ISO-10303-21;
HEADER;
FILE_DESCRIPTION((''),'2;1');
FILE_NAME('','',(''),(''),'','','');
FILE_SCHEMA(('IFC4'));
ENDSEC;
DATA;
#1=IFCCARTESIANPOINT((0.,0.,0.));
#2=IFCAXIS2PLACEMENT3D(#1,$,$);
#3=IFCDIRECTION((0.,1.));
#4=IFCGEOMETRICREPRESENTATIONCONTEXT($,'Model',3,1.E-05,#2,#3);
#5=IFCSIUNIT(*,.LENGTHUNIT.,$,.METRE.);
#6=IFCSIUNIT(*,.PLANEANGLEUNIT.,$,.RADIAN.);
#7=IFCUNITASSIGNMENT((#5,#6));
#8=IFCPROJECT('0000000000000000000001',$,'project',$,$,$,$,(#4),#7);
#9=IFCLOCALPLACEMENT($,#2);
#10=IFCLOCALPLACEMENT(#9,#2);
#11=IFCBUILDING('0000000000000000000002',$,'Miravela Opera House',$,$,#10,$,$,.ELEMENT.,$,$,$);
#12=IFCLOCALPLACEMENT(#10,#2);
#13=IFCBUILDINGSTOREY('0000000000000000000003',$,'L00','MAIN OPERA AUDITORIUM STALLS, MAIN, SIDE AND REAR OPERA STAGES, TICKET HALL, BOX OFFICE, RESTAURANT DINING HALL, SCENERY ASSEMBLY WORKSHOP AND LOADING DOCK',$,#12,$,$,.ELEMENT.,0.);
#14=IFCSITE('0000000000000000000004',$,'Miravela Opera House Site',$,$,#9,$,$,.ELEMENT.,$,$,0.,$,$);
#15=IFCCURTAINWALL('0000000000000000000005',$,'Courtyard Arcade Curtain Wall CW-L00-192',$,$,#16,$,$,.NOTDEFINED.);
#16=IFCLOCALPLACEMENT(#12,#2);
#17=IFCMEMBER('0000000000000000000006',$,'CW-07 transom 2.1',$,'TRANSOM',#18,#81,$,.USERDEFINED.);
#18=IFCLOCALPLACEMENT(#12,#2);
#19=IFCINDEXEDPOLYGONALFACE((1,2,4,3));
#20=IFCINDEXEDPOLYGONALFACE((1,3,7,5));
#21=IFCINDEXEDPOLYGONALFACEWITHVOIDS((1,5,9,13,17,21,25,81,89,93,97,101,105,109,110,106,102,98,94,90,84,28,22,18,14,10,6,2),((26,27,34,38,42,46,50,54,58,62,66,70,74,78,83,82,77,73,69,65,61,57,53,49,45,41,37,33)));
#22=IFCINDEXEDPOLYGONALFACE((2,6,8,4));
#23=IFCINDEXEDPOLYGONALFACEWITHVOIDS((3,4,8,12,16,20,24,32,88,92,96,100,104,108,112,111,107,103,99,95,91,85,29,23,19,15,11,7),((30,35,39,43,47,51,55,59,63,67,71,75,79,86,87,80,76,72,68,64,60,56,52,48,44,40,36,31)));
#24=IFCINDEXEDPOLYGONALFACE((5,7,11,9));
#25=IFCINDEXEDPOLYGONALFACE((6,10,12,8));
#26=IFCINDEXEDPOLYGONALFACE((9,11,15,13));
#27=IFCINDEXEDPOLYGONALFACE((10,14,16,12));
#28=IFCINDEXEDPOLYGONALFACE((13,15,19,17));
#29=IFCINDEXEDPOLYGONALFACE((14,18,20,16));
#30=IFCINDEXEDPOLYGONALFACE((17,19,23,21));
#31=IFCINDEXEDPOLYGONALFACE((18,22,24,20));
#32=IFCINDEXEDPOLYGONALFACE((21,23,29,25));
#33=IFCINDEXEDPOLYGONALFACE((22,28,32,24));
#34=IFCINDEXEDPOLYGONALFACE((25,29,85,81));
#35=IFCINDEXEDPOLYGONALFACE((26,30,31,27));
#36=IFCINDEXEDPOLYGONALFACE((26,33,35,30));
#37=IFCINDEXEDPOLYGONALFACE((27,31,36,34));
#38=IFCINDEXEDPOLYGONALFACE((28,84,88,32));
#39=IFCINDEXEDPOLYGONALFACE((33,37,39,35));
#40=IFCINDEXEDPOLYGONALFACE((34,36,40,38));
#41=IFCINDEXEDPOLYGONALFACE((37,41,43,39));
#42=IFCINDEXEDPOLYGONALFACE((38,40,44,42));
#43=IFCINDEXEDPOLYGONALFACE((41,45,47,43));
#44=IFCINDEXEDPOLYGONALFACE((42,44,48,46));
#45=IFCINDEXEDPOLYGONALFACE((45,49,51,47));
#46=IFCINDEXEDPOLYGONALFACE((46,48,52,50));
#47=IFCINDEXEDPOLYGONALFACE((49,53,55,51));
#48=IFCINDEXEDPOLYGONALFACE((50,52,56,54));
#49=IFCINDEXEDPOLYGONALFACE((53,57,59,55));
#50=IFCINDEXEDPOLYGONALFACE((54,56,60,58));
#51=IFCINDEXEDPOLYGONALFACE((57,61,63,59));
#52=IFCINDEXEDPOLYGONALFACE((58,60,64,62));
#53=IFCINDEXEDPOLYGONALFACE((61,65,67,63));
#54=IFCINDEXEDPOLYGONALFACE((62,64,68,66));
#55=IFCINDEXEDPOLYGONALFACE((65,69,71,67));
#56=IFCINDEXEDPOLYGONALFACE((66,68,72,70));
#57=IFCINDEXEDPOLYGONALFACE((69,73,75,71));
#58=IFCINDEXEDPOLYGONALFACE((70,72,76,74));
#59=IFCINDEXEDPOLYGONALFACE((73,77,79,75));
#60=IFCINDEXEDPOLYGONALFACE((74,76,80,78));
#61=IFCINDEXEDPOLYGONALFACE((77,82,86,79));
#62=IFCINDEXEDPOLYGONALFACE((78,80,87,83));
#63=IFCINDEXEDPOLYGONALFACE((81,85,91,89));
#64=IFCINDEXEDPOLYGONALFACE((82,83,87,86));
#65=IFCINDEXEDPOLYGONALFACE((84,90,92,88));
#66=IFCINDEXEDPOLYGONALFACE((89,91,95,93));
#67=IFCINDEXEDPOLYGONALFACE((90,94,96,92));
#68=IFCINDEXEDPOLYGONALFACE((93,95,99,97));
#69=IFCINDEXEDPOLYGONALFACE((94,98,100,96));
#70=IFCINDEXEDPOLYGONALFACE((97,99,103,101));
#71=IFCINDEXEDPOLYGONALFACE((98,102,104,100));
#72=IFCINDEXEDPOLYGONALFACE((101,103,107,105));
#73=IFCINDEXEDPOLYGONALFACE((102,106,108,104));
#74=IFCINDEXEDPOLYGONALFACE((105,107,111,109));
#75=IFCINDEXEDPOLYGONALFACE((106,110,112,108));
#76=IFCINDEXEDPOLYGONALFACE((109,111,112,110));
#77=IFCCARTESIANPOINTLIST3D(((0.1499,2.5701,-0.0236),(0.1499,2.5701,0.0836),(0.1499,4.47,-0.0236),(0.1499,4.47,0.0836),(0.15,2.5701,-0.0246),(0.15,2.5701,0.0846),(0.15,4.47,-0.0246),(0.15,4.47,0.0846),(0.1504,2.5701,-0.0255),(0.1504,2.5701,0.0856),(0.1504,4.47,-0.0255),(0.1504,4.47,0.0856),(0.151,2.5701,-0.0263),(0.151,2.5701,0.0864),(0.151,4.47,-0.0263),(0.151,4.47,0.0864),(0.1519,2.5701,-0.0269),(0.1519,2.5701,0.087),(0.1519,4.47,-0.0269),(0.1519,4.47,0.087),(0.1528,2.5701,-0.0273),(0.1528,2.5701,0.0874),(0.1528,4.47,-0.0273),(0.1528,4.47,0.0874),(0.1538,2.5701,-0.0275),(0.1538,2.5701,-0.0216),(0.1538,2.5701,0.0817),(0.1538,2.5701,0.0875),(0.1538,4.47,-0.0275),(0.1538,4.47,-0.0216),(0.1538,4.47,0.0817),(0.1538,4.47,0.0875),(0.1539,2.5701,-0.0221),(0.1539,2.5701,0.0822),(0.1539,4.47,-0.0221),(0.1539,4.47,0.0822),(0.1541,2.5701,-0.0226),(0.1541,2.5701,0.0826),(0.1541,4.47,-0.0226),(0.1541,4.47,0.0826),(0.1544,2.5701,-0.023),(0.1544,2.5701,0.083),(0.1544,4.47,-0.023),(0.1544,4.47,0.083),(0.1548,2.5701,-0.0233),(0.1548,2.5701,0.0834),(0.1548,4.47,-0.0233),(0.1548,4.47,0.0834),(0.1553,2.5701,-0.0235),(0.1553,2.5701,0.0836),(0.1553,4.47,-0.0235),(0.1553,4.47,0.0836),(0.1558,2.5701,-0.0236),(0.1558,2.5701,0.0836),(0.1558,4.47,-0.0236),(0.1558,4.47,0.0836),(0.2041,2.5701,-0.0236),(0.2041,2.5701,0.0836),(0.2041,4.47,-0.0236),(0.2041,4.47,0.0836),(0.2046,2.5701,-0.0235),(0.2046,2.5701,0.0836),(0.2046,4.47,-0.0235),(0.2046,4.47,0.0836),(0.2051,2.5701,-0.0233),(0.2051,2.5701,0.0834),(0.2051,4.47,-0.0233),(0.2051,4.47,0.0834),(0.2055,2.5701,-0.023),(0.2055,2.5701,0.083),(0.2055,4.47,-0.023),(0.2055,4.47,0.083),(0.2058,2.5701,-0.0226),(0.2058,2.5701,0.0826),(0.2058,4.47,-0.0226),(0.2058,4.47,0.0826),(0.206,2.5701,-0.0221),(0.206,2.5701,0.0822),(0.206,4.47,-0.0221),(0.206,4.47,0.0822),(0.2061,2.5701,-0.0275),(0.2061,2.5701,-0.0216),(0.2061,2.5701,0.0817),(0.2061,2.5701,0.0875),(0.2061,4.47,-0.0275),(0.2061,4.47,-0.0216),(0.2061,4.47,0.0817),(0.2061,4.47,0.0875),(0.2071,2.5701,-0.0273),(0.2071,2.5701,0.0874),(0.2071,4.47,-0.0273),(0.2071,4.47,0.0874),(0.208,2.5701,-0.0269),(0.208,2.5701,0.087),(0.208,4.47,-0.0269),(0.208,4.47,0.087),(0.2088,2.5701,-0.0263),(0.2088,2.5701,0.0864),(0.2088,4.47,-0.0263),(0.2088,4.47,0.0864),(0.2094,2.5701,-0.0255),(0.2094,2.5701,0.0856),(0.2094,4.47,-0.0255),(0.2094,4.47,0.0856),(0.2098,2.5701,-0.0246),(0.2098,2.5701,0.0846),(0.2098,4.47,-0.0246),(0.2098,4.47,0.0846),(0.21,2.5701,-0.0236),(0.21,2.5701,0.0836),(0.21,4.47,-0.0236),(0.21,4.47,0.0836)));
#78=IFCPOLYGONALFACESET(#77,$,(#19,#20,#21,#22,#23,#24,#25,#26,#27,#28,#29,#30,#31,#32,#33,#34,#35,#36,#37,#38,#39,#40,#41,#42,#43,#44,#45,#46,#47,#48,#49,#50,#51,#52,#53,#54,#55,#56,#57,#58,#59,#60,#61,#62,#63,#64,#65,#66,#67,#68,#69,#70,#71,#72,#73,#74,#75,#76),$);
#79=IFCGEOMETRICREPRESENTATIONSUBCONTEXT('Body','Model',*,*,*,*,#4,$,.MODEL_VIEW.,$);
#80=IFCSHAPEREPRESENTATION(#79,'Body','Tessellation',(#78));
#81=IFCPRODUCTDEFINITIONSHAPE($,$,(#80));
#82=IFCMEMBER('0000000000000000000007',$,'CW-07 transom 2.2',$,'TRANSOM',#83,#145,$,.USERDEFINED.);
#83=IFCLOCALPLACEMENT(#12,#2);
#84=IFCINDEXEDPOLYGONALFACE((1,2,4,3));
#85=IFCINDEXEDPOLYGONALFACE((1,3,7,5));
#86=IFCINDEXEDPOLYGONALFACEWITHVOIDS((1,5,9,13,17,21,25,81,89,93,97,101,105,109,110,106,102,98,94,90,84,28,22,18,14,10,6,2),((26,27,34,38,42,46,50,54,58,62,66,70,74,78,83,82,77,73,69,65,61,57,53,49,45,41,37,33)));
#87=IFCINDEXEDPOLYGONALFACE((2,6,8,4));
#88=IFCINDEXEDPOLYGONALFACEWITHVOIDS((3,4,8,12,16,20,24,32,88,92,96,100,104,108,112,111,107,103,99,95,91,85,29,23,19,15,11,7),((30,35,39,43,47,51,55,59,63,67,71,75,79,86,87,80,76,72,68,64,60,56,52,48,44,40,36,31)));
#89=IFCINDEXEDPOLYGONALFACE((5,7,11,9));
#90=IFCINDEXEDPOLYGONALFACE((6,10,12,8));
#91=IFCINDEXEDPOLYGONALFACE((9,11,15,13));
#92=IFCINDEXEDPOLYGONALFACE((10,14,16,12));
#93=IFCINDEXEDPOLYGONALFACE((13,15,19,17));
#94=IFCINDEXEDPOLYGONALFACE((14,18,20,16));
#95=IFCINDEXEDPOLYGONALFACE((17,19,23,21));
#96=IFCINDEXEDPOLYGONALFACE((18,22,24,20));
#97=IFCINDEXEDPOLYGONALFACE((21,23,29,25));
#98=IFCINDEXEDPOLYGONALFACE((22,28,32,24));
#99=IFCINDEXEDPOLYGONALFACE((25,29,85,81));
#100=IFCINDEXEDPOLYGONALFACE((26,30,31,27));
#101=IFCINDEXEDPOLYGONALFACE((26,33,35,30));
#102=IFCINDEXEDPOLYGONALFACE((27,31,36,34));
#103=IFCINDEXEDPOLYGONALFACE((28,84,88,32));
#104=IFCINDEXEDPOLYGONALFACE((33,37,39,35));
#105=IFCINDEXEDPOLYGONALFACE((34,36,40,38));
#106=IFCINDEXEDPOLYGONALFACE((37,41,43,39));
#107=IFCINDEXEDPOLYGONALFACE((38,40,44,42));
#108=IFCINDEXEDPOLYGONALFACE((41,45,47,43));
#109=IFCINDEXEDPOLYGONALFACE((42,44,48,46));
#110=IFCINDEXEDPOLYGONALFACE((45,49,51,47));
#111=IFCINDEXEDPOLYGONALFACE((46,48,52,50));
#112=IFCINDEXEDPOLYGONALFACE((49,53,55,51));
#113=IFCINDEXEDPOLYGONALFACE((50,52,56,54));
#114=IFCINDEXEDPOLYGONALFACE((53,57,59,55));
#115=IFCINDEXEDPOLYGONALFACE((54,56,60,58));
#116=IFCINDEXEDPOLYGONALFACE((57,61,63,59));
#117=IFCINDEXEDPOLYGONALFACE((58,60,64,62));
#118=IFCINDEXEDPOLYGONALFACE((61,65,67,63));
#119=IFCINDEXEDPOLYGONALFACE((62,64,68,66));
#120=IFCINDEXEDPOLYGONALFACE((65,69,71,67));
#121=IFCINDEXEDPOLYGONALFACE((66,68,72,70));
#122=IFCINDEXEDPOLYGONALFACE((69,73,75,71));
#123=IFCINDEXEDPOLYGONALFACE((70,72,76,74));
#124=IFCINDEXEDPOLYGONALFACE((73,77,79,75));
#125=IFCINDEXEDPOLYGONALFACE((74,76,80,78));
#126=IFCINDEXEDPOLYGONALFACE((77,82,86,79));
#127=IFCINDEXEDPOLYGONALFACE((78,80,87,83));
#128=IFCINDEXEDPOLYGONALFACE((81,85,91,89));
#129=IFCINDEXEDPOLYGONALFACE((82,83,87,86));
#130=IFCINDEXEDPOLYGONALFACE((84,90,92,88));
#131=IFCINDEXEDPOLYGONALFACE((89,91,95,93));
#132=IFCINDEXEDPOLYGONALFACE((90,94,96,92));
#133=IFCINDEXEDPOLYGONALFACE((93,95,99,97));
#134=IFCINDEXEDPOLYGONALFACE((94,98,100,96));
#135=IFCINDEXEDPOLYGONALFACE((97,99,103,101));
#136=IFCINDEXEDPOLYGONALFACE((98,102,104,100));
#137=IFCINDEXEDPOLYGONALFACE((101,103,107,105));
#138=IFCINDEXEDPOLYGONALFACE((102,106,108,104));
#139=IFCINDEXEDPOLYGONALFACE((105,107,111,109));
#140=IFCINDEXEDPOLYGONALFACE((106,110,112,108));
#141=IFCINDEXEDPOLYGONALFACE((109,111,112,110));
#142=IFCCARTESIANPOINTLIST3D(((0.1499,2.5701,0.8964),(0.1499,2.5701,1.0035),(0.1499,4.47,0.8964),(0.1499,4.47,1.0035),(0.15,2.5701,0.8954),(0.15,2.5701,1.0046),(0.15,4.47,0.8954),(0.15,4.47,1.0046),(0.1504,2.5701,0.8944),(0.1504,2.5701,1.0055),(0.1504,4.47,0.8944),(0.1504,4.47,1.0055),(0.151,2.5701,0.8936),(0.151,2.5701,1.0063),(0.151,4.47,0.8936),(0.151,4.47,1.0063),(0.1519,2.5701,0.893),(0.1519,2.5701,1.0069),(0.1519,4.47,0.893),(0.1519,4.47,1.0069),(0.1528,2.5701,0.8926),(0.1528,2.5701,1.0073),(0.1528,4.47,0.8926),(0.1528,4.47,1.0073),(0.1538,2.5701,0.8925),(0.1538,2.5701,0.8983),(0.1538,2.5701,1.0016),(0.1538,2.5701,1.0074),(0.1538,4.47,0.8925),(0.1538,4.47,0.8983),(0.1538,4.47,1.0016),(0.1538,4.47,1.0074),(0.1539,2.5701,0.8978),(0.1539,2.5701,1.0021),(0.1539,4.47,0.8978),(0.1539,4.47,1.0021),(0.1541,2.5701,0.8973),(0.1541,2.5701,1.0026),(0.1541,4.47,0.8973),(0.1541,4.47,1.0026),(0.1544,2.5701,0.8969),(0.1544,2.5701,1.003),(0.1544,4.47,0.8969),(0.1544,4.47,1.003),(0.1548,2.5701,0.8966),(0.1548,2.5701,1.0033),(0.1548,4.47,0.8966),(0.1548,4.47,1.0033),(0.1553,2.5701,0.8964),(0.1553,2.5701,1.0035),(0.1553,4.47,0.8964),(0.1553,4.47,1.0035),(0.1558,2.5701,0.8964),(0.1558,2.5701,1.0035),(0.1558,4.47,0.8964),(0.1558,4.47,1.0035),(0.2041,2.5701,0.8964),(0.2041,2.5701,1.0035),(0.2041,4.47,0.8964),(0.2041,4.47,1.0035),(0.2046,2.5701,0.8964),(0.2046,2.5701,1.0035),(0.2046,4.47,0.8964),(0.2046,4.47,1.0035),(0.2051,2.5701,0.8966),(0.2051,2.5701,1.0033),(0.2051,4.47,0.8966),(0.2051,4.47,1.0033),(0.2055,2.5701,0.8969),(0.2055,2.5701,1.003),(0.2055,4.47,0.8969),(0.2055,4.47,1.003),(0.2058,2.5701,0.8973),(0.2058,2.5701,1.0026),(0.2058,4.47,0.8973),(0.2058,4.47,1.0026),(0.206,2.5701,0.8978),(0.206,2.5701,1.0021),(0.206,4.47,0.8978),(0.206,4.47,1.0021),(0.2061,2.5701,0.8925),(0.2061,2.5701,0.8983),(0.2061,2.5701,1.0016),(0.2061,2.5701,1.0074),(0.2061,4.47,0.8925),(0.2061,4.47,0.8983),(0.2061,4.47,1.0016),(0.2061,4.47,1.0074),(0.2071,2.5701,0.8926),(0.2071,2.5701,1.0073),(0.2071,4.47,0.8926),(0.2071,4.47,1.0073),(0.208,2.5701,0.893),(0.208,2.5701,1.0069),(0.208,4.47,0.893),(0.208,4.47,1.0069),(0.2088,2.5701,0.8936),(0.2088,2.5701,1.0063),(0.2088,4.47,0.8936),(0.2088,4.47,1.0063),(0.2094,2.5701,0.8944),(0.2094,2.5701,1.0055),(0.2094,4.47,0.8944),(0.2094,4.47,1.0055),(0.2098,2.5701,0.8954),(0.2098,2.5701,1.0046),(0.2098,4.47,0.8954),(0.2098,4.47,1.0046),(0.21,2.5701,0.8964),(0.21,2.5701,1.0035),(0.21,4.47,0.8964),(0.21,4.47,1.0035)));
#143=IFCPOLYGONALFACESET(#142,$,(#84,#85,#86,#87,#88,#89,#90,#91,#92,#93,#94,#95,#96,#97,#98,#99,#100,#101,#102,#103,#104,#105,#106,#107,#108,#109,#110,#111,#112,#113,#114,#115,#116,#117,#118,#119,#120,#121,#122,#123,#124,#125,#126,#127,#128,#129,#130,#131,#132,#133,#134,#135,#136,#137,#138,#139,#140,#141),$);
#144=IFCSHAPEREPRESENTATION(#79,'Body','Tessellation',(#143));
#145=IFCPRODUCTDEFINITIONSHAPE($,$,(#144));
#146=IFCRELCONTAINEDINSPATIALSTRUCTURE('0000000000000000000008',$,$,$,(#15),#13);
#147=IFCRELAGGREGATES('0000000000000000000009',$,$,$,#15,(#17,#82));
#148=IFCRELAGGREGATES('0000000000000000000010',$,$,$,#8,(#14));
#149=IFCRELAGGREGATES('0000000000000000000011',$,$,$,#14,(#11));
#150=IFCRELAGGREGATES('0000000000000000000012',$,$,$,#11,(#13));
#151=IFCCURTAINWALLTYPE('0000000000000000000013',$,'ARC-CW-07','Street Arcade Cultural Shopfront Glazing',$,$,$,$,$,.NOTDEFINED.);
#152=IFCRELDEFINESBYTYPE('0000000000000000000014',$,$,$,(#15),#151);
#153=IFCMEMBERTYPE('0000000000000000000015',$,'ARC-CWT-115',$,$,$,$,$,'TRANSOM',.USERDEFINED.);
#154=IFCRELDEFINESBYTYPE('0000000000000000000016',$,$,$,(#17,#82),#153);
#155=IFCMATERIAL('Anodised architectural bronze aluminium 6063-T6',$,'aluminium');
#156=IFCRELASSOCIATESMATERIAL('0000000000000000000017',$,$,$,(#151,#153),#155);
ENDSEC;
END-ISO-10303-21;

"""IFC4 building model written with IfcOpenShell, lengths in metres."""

from ifc_helpers import new_model, si_unit, direction, frame, origin, origin_2d, place, context, subcontext, project, spatial, hollow_rectangle, extrude, material, material_profile, profile_set, type_object, element, aggregate, save


model = new_model("IFC4")

# Units and contexts
model_context = context("Model", 3, precision=1e-05, world=origin(), true_north=direction((0.0, 1.0)))
body_context = subcontext(model_context, "Body", "Model", "MODEL_VIEW")
ifc_project = project(units=[si_unit("LENGTHUNIT", "METRE"), si_unit("PLANEANGLEUNIT", "RADIAN")], contexts=[model_context])

# Site, building, storey
site_placement = place(None, origin())
site = spatial("IfcSite", under=ifc_project, at=site_placement, Name="Miravela Opera House Site", CompositionType="ELEMENT", RefElevation=0.0)
building_placement = place(site_placement, origin())
building = spatial("IfcBuilding", under=site, at=building_placement, Name="Miravela Opera House", CompositionType="ELEMENT")
storey_placement = place(building_placement, origin())
storey = spatial("IfcBuildingStorey", under=building, at=storey_placement, Name="L00", Description="MAIN OPERA AUDITORIUM STALLS, MAIN, SIDE AND REAR OPERA STAGES, TICKET HALL, BOX OFFICE, RESTAURANT DINING HALL, SCENERY ASSEMBLY WORKSHOP AND LOADING DOCK", CompositionType="ELEMENT", Elevation=0.0)

# Curtain wall, members
ifc_material_1 = material(Name="Anodised architectural bronze aluminium 6063-T6", Category="aluminium")
curtain_wall_type = type_object("IfcCurtainWallType", Name="ARC-CW-07", Description="Street Arcade Cultural Shopfront Glazing", PredefinedType="NOTDEFINED", material=ifc_material_1)
curtain_wall_placement = place(storey_placement, origin())
curtain_wall = element("IfcCurtainWall", 1, at=curtain_wall_placement, inside=storey, type_object=curtain_wall_type, Name="Courtyard Arcade Curtain Wall CW-L00-192", PredefinedType="NOTDEFINED")
ifc_material_profile_1 = material_profile(ifc_material_1, hollow_rectangle(XDim=0.0601, YDim=0.115, WallThickness=0.0039, InnerFilletRadius=0.002, OuterFilletRadius=0.0039, at=origin_2d()), Name="CWT-60X115")
ifc_profile_set_1 = profile_set([ifc_material_profile_1])
member_type_1 = type_object("IfcMemberType", Name="ARC-CWT-115", ElementType="TRANSOM", PredefinedType="USERDEFINED", material=ifc_profile_set_1)
member_1_placement = place(storey_placement, frame((0.1799, 2.5701, 0.03), z_axis=(0.0, 1.0, 0.0), x_axis=(-1.0, 0.0, 0.0)))
member_1 = element("IfcMember", 2, at=member_1_placement, type_object=member_type_1, Name="CW-07 transom 2.1", ObjectType="TRANSOM", PredefinedType="USERDEFINED", context=body_context, shape_type="SweptSolid", body=[
    extrude(hollow_rectangle(XDim=0.0601, YDim=0.115, WallThickness=0.0039, InnerFilletRadius=0.002, OuterFilletRadius=0.0039, at=origin_2d()), origin(), (0.0, 0.0, 1.0), 1.8999),
])
member_2_placement = place(storey_placement, frame((0.1799, 2.5701, 0.95), z_axis=(0.0, 1.0, 0.0), x_axis=(-1.0, 0.0, 0.0)))
member_2 = element("IfcMember", 3, at=member_2_placement, type_object=member_type_1, Name="CW-07 transom 2.2", ObjectType="TRANSOM", PredefinedType="USERDEFINED", context=body_context, shape_type="SweptSolid", body=[
    extrude(hollow_rectangle(XDim=0.0601, YDim=0.115, WallThickness=0.0039, InnerFilletRadius=0.002, OuterFilletRadius=0.0039, at=origin_2d()), origin(), (0.0, 0.0, 1.0), 1.8999),
])

aggregate(curtain_wall, [member_1, member_2])

save(model, "model.ifc")
